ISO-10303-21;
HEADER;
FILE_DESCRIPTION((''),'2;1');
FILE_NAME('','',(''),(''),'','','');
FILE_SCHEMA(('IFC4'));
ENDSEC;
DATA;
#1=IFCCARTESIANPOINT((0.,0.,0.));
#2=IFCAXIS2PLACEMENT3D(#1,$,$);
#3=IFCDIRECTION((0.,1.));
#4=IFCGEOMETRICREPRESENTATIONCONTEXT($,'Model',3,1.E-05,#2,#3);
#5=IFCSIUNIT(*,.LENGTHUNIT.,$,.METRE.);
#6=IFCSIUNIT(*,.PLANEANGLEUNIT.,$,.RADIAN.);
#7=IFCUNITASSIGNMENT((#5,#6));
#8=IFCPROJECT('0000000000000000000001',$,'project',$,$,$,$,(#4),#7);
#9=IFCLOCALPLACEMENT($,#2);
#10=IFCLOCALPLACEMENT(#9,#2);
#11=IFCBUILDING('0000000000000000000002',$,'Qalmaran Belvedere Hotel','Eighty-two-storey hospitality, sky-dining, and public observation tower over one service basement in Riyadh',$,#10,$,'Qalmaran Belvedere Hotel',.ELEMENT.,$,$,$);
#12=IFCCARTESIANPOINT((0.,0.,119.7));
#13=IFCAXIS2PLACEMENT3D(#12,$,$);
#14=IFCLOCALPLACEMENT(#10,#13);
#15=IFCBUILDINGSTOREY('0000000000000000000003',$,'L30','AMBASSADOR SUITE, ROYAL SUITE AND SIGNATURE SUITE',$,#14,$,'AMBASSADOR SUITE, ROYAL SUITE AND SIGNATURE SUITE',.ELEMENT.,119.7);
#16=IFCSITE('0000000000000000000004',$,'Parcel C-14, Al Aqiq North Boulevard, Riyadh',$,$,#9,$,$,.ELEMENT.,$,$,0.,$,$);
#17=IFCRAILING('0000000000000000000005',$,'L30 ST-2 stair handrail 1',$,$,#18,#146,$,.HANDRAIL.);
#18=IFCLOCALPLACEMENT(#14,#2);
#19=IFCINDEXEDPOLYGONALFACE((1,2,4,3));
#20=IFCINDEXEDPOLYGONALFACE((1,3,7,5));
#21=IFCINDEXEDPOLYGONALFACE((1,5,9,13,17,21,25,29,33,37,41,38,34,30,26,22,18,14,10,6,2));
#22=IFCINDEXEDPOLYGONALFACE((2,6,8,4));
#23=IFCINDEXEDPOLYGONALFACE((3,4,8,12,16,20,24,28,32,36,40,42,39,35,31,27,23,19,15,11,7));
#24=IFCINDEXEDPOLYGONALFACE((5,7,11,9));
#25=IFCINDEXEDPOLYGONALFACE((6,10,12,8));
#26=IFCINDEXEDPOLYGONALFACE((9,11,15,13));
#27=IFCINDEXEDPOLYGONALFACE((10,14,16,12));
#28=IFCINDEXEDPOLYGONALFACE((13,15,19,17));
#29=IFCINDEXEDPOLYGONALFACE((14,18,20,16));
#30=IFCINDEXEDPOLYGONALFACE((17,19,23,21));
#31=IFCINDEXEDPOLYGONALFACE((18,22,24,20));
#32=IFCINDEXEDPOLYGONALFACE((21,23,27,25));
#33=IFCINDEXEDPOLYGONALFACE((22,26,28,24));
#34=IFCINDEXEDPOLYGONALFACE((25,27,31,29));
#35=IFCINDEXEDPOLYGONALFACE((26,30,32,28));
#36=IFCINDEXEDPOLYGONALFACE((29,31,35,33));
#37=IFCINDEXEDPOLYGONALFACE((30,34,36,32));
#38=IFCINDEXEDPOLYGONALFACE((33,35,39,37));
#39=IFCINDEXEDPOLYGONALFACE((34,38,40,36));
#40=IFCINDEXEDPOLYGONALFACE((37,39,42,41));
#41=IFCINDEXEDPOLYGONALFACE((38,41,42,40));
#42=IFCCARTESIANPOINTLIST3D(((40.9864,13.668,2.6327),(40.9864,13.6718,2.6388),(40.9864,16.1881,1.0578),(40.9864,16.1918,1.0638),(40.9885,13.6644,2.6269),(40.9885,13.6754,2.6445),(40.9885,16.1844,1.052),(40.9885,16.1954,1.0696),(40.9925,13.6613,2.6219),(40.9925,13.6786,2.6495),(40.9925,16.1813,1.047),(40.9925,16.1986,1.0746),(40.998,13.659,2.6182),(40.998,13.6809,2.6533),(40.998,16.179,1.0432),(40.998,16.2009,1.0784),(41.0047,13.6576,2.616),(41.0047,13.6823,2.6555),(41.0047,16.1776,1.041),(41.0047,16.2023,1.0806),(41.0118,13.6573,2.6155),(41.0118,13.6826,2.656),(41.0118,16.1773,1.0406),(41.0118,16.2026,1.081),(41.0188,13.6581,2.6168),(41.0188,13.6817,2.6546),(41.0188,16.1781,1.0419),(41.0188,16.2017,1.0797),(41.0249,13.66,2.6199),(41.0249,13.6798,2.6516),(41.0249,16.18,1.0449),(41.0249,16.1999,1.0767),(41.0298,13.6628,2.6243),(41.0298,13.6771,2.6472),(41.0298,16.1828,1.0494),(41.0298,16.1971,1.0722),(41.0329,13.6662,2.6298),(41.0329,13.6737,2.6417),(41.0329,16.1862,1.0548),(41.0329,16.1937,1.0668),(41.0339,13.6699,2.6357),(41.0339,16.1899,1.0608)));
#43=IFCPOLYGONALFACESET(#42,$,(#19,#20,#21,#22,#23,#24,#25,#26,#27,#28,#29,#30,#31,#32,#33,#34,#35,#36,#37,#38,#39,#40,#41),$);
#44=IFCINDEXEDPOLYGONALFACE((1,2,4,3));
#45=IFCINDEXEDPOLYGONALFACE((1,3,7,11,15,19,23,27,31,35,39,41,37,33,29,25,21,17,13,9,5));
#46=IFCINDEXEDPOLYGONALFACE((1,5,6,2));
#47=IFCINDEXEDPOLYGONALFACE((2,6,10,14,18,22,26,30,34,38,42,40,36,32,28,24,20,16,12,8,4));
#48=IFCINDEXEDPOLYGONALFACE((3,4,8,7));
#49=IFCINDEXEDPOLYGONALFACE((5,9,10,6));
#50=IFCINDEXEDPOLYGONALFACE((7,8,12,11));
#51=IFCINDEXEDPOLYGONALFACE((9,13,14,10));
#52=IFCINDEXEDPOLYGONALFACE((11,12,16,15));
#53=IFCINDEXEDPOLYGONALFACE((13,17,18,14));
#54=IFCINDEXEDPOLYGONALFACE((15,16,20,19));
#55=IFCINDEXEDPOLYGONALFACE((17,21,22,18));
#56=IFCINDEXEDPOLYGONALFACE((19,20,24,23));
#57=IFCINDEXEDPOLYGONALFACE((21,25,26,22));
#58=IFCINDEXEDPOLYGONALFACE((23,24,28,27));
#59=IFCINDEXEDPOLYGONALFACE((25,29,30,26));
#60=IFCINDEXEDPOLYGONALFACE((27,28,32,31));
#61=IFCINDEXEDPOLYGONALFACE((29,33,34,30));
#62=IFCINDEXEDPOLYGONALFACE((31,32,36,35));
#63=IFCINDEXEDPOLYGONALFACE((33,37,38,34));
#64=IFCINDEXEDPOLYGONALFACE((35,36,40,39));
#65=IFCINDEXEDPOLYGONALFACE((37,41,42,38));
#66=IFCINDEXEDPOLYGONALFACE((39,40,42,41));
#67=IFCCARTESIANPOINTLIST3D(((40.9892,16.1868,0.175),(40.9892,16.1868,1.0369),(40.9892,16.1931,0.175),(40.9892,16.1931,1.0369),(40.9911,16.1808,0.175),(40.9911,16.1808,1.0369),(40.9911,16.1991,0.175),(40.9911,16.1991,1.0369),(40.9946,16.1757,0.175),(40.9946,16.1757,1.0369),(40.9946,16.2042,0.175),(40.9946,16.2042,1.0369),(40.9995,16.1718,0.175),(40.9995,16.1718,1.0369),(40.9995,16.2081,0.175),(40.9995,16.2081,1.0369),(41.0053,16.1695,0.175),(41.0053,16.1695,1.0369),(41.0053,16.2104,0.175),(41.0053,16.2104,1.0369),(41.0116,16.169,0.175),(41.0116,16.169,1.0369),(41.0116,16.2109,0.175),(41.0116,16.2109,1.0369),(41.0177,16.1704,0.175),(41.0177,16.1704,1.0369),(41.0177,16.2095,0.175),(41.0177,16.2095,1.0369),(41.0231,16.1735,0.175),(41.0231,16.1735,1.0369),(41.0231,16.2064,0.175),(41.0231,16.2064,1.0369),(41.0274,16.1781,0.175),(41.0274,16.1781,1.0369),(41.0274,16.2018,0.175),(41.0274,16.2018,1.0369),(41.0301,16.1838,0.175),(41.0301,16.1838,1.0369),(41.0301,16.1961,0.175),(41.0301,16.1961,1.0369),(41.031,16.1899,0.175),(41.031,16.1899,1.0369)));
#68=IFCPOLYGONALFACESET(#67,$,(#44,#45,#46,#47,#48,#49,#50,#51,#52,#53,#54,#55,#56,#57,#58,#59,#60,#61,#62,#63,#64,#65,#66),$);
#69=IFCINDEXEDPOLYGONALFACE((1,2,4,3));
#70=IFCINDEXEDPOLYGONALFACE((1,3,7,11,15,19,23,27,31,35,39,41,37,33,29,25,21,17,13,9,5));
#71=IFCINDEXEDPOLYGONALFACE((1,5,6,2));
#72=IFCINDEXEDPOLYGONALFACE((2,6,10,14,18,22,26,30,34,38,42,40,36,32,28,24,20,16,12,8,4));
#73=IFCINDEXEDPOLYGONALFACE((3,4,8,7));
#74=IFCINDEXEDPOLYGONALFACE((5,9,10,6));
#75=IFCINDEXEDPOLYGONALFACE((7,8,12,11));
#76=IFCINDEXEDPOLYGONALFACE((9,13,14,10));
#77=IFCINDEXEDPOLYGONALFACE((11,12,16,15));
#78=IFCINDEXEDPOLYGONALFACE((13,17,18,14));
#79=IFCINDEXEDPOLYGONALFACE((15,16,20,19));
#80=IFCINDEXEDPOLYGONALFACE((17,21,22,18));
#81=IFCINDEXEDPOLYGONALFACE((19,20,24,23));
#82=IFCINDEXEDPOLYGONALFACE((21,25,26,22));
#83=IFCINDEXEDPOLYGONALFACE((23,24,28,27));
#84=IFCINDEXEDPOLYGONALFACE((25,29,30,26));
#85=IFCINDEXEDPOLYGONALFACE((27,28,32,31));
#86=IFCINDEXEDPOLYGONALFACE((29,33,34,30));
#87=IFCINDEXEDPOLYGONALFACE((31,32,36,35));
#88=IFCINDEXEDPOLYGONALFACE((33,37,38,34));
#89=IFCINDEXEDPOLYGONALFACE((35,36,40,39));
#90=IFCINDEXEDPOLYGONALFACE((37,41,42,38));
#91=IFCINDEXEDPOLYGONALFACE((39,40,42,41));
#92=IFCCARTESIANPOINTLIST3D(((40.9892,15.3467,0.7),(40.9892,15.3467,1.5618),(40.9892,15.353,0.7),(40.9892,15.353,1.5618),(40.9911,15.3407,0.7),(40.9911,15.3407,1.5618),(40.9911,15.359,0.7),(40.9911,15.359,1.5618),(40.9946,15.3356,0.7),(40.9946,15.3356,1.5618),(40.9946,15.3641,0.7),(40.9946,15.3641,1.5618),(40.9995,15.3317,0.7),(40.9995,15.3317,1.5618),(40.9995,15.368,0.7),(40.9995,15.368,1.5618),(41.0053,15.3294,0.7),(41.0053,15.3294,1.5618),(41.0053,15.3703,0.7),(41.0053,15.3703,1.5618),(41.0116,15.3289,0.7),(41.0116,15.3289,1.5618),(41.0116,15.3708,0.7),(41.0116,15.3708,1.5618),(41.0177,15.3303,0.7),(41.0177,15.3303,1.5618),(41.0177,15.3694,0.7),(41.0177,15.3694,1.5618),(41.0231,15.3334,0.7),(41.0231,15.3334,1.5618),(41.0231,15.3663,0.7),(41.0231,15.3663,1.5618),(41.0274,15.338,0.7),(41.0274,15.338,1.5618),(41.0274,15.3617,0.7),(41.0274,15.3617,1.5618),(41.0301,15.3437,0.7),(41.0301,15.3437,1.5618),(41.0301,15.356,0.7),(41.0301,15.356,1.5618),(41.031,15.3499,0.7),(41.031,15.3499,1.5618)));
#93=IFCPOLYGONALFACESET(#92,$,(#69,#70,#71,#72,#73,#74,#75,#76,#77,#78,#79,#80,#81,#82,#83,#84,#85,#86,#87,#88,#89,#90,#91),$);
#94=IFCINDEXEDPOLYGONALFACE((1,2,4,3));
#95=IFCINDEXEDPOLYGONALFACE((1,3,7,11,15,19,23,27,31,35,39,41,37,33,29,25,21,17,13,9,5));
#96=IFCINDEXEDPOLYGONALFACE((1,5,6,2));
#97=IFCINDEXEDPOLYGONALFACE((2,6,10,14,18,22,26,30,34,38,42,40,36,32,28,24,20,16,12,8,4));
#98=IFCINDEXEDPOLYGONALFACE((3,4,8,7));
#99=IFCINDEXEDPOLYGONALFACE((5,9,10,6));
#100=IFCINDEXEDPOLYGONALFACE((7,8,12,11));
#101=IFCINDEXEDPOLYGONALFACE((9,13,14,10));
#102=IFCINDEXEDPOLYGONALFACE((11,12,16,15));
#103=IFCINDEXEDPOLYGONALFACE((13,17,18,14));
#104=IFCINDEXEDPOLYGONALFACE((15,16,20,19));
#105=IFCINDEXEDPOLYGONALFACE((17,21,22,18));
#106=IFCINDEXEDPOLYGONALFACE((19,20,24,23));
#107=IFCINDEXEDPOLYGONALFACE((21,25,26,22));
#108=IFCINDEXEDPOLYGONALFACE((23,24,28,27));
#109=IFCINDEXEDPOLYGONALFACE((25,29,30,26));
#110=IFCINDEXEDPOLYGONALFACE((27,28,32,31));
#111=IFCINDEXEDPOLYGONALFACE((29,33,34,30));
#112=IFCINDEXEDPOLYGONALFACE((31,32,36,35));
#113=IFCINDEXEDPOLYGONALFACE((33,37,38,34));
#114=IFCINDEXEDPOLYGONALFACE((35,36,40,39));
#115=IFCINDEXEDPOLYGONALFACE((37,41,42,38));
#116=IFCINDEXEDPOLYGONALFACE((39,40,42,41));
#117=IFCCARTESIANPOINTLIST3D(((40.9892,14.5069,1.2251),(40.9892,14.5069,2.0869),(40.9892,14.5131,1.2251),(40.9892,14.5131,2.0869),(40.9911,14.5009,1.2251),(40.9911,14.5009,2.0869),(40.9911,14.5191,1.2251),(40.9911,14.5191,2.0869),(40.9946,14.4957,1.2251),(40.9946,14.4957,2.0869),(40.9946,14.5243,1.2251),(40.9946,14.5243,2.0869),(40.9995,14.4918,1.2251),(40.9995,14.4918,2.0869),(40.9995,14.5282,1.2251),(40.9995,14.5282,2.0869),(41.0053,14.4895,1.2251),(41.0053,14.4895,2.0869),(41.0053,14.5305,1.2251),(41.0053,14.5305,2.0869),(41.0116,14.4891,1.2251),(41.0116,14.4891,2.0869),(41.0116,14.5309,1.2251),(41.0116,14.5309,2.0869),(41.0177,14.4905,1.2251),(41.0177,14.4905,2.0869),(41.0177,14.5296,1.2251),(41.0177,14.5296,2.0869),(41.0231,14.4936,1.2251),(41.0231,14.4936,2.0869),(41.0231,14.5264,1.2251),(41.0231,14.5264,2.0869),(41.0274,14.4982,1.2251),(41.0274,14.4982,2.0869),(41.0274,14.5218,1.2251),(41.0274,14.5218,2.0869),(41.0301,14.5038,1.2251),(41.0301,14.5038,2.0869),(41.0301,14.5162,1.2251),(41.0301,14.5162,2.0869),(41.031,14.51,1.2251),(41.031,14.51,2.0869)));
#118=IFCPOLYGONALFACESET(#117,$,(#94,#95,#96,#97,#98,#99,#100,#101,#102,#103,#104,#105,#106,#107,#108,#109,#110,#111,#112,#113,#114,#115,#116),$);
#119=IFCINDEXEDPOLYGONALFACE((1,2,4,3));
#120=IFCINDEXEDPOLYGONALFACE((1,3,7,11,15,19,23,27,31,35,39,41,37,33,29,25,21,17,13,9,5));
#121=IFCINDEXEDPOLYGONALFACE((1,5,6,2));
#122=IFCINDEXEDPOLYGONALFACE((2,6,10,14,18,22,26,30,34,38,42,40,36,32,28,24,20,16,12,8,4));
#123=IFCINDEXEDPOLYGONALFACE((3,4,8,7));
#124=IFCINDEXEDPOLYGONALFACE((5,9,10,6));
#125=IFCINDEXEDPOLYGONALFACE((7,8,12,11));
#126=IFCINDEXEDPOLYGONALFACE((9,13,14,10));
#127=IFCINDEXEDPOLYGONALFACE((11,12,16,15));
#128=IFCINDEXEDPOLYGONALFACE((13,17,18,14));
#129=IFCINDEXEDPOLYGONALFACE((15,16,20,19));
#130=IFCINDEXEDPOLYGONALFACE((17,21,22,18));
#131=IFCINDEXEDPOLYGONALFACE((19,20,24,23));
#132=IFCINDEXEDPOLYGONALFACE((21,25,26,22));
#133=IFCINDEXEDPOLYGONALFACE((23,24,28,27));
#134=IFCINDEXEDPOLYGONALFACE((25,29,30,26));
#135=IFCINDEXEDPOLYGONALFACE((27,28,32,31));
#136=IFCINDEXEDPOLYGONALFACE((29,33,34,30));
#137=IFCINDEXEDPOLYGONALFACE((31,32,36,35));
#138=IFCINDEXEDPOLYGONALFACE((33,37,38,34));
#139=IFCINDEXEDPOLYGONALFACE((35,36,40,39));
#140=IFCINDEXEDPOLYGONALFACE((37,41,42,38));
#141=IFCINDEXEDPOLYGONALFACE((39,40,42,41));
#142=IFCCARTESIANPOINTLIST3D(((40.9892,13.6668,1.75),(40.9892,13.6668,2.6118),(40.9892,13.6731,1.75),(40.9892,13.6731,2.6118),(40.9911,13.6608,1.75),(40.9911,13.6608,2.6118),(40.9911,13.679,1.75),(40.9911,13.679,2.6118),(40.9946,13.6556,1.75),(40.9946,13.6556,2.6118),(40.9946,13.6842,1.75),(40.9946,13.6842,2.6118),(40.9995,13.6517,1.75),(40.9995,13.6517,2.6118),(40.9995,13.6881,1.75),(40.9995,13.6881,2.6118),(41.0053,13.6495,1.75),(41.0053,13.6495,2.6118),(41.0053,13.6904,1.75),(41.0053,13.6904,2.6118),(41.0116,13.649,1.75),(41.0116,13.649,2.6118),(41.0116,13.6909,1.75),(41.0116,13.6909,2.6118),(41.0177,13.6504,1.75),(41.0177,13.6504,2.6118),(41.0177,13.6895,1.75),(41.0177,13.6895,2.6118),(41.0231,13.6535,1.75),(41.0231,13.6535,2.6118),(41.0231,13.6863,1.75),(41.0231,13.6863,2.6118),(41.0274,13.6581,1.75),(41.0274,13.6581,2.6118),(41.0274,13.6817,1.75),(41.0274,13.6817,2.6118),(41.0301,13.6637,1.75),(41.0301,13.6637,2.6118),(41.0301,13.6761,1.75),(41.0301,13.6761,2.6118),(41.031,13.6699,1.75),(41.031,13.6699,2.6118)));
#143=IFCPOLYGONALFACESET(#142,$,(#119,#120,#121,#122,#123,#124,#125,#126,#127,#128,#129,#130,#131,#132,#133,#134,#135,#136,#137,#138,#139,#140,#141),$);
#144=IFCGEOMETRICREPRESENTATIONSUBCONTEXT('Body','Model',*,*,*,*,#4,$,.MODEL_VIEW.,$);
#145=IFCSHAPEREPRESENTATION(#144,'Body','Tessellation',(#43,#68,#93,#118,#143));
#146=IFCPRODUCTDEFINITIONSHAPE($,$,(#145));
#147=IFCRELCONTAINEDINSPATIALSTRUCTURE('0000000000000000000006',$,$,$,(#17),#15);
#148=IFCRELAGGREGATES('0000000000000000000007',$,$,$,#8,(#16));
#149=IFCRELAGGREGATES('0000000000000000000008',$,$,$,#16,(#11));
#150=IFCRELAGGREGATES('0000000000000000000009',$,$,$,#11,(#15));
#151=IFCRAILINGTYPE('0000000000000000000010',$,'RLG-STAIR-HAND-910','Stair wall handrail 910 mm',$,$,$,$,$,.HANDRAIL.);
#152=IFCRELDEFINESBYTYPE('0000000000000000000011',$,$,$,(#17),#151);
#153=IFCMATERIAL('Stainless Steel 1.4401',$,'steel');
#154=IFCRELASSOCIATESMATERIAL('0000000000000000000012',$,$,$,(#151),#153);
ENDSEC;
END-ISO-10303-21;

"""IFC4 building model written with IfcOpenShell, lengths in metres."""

from ifc_helpers import new_model, si_unit, direction, frame, origin, origin_2d, place, context, subcontext, project, spatial, circle, extrude, material, type_object, element, save


model = new_model("IFC4")

# Units and contexts
model_context = context("Model", 3, precision=1e-05, world=origin(), true_north=direction((0.0, 1.0)))
body_context = subcontext(model_context, "Body", "Model", "MODEL_VIEW")
ifc_project = project(units=[si_unit("LENGTHUNIT", "METRE"), si_unit("PLANEANGLEUNIT", "RADIAN")], contexts=[model_context])

# Site, building, storey
site_placement = place(None, origin())
site = spatial("IfcSite", under=ifc_project, at=site_placement, Name="Parcel C-14, Al Aqiq North Boulevard, Riyadh", CompositionType="ELEMENT", RefElevation=0.0)
building_placement = place(site_placement, origin())
building = spatial("IfcBuilding", under=site, at=building_placement, Name="Qalmaran Belvedere Hotel", Description="Eighty-two-storey hospitality, sky-dining, and public observation tower over one service basement in Riyadh", LongName="Qalmaran Belvedere Hotel", CompositionType="ELEMENT")
storey_placement = place(building_placement, frame((0.0, 0.0, 119.7)))
storey = spatial("IfcBuildingStorey", under=building, at=storey_placement, Name="L30", Description="AMBASSADOR SUITE, ROYAL SUITE AND SIGNATURE SUITE", LongName="AMBASSADOR SUITE, ROYAL SUITE AND SIGNATURE SUITE", CompositionType="ELEMENT", Elevation=119.7)

# Shared definitions
ifc_material_1 = material(Name="Stainless Steel 1.4401", Category="steel")

# Railing
railing_type_1 = type_object("IfcRailingType", Name="RLG-STAIR-HAND-910", Description="Stair wall handrail 910 mm", PredefinedType="HANDRAIL", material=ifc_material_1)
railing_1_placement = place(storey_placement, frame((41.01, 16.1899, 0.175)))
element("IfcRailing", 1, at=railing_1_placement, inside=storey, type_object=railing_type_1, Name="L30 ST-2 stair handrail 1", PredefinedType="HANDRAIL", context=body_context, shape_type="SweptSolid", body=[
    extrude(circle(Radius=0.0239, at=origin_2d()), frame((0.0, 0.0, 0.8857), z_axis=(0.0, -0.848008, 0.529984), x_axis=(1.0, 0.0, 0.0)), (0.0, 0.0, 1.0), 2.9717),
    extrude(circle(Radius=0.021, at=origin_2d()), origin(), (0.0, 0.0, 1.0), 0.8618),
    extrude(circle(Radius=0.021, at=origin_2d()), frame((0.0, -0.8401, 0.5249)), (0.0, 0.0, 1.0), 0.8618),
    extrude(circle(Radius=0.021, at=origin_2d()), frame((0.0, -1.6799, 1.05)), (0.0, 0.0, 1.0), 0.8618),
    extrude(circle(Radius=0.021, at=origin_2d()), frame((0.0, -2.52, 1.575)), (0.0, 0.0, 1.0), 0.8618),
])

save(model, "model.ifc")
